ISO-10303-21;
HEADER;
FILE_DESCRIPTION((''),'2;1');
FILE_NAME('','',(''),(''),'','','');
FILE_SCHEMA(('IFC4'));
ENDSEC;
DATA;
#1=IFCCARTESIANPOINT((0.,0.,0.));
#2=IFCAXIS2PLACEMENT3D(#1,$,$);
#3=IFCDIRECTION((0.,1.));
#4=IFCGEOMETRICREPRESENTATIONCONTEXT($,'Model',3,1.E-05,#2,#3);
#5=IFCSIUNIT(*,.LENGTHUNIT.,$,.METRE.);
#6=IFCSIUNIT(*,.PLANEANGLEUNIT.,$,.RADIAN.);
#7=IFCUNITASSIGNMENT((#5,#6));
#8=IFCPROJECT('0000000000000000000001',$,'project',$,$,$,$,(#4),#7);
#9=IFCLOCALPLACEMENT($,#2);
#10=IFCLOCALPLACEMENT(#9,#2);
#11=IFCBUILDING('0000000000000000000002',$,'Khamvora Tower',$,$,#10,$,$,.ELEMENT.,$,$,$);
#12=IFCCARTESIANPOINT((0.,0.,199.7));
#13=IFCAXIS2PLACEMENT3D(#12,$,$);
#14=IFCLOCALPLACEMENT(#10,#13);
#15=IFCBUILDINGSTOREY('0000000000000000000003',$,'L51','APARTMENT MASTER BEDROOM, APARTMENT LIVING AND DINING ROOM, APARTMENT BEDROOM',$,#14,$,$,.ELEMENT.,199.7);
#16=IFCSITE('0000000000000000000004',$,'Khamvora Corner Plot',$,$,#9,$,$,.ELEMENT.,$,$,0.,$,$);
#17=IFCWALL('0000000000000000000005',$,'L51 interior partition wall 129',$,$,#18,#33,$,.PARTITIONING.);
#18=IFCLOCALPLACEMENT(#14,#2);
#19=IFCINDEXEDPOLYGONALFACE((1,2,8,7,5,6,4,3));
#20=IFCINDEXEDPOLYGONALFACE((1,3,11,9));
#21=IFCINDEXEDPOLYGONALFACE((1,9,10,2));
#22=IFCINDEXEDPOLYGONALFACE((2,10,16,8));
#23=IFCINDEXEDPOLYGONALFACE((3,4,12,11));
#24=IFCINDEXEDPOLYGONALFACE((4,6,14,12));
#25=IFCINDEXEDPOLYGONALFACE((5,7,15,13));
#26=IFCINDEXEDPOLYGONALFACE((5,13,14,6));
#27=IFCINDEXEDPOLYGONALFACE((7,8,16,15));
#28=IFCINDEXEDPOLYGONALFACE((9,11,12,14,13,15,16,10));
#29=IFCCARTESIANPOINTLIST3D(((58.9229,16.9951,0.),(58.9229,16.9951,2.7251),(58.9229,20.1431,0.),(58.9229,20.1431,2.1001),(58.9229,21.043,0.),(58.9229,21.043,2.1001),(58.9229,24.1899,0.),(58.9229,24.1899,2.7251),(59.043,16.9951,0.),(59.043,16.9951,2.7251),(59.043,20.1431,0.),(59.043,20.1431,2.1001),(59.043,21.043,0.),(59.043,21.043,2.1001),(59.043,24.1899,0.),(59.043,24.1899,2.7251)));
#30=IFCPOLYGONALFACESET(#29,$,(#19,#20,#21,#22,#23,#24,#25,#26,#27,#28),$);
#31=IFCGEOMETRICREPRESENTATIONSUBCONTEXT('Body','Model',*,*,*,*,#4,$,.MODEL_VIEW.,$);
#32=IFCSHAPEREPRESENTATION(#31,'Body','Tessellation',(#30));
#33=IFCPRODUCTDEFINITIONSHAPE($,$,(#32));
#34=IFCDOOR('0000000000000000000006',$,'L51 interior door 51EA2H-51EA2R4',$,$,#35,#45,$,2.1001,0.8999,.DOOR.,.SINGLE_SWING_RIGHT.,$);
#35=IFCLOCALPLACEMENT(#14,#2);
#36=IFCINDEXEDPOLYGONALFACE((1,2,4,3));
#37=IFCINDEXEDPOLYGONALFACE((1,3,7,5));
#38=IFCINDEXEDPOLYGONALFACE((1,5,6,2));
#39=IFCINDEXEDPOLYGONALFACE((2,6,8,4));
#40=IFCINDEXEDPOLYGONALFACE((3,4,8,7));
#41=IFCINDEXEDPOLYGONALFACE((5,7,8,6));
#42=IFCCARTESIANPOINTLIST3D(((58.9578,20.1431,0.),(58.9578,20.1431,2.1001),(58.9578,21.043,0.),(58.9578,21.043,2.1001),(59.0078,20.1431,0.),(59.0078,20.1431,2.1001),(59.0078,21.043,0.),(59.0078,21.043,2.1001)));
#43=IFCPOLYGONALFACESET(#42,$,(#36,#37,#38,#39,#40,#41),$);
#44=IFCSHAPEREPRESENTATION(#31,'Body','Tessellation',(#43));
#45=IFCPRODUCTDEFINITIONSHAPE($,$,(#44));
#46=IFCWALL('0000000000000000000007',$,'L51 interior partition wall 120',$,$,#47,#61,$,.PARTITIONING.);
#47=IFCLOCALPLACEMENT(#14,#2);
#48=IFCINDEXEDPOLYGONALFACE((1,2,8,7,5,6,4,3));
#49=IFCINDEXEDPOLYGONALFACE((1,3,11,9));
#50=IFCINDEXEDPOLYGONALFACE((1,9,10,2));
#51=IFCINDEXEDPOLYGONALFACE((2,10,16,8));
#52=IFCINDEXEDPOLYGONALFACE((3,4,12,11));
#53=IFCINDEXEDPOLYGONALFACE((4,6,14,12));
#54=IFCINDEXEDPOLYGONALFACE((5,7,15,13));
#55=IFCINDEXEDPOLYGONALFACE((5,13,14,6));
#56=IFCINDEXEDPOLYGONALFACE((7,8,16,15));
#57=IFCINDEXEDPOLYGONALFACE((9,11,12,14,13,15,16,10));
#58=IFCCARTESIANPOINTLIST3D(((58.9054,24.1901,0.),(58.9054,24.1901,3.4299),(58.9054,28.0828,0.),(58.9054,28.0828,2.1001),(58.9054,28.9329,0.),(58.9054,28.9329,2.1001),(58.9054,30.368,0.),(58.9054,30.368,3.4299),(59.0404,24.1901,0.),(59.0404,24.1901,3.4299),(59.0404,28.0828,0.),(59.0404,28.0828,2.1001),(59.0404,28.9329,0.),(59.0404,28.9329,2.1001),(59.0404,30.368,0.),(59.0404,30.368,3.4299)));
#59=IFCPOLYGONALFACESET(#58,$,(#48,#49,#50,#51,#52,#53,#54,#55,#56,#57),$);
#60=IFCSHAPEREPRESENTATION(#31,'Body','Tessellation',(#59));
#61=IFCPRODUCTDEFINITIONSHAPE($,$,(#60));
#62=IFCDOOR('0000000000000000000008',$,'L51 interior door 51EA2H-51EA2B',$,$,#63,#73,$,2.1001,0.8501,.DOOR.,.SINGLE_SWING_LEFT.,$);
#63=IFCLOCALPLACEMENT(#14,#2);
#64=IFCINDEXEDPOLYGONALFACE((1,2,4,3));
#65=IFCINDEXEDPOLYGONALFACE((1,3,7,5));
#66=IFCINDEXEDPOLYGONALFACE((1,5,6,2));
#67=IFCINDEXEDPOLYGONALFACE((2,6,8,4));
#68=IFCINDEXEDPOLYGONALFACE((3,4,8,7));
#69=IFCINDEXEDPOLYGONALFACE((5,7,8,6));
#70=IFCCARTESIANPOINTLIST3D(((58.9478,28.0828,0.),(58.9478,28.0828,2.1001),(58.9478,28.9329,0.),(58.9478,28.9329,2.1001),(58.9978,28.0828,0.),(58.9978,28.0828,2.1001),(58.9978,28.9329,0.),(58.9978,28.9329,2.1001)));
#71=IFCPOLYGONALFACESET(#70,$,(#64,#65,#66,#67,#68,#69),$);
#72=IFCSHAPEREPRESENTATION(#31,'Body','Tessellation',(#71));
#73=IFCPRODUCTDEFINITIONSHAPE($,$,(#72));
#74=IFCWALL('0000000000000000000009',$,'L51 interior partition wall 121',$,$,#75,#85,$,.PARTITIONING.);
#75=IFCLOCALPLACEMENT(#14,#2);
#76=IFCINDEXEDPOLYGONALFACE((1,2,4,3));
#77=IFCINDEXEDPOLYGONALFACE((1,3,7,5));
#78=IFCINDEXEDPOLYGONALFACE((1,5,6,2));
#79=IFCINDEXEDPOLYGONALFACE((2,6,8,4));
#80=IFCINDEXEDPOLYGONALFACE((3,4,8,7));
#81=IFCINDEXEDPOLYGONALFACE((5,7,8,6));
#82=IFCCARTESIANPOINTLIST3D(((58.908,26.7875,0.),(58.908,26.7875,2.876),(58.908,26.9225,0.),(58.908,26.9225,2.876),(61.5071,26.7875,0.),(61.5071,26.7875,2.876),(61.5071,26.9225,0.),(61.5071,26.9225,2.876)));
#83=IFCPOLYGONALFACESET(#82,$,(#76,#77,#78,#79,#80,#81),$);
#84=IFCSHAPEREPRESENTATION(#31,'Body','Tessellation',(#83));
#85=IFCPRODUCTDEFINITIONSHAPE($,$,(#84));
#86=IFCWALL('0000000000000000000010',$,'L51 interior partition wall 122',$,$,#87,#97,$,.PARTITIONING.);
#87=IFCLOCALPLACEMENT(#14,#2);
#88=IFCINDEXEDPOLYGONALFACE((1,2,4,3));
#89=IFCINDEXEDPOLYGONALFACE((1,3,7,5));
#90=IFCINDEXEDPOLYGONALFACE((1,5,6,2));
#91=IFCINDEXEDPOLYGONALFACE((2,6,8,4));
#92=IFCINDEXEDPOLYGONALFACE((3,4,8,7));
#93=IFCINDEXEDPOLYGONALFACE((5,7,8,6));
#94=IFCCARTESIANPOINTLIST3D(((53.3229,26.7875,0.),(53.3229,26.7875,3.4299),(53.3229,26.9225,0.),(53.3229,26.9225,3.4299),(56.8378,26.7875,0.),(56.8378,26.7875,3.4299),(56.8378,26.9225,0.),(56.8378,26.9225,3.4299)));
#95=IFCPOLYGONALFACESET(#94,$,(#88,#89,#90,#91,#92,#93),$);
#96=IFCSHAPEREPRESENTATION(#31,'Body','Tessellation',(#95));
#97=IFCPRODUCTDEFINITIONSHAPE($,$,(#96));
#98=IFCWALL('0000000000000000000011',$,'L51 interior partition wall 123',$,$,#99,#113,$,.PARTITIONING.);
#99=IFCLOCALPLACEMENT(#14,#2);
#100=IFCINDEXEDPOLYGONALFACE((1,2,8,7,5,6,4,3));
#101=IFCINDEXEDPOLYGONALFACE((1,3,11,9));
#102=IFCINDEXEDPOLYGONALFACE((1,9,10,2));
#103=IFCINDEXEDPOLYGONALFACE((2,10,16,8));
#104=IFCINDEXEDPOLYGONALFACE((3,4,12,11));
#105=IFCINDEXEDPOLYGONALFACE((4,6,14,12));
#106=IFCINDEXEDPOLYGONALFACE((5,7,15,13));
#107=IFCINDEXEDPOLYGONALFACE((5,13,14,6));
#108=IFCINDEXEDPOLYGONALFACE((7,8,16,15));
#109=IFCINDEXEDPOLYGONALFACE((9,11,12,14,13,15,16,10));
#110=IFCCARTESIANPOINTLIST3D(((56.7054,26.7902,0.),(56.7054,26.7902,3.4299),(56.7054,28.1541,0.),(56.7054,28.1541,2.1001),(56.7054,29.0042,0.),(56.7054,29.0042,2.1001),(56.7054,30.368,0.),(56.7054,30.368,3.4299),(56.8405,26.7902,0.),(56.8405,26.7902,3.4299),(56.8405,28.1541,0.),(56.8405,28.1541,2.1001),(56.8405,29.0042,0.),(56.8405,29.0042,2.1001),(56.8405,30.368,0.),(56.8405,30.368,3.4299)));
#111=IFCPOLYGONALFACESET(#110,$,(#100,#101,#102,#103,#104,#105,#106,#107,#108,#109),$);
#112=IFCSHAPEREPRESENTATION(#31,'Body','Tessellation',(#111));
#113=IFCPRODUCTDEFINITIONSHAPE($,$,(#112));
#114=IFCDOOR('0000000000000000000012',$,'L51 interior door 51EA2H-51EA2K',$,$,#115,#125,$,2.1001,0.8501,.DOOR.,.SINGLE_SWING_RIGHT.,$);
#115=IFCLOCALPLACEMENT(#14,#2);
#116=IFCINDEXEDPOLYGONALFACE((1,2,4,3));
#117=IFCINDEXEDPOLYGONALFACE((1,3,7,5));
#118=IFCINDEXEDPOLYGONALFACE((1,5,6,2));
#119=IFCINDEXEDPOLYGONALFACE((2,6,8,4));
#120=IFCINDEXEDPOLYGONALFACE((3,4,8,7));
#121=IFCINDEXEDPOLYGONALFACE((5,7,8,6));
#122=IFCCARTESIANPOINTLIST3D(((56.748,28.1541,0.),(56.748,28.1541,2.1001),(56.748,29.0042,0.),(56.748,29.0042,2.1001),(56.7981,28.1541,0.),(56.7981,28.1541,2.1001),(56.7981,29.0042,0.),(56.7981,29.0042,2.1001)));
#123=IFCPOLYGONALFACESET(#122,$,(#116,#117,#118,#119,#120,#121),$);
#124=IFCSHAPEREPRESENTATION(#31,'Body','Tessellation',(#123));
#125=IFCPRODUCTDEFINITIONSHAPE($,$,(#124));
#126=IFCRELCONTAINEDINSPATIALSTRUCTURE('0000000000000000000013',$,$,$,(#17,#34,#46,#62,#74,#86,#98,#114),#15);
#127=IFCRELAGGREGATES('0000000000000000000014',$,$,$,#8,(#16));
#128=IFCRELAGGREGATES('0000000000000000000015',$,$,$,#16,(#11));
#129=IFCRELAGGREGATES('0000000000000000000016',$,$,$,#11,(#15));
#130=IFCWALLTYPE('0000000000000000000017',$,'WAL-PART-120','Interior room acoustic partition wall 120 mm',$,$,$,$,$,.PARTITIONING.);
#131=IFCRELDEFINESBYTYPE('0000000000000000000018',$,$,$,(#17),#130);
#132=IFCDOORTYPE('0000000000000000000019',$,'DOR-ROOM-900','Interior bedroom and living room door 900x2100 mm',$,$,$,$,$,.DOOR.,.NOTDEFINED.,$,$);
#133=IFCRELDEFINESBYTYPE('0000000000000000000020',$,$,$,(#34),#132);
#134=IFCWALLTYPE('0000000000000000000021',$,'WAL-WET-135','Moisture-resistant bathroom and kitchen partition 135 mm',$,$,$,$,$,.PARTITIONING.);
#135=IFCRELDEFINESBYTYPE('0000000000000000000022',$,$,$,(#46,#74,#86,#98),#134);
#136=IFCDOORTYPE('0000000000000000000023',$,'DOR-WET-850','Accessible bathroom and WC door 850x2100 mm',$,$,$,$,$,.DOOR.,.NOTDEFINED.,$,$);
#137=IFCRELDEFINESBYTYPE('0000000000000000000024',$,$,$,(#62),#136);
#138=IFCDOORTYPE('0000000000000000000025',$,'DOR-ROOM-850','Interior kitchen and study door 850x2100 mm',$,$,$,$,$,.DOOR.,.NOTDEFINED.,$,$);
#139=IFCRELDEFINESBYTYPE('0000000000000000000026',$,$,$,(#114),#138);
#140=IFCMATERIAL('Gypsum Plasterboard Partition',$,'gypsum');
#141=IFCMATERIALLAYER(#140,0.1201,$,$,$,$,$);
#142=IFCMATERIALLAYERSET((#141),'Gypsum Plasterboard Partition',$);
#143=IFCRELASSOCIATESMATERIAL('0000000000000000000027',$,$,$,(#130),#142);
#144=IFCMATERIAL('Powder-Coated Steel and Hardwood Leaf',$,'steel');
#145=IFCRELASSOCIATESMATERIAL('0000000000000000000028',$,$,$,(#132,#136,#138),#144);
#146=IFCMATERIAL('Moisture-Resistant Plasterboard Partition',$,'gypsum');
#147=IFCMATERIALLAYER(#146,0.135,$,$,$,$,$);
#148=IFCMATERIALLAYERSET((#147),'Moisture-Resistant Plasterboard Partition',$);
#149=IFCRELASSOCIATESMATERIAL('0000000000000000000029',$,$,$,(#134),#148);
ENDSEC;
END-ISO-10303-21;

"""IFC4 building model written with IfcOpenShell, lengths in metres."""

from ifc_helpers import new_model, si_unit, direction, frame, frame_2d, origin, place, context, subcontext, project, spatial, rectangle, extrude, material, layer, layer_set, type_object, element, fill, save


model = new_model("IFC4")

# Units and contexts
model_context = context("Model", 3, precision=1e-05, world=origin(), true_north=direction((0.0, 1.0)))
body_context = subcontext(model_context, "Body", "Model", "MODEL_VIEW")
ifc_project = project(units=[si_unit("LENGTHUNIT", "METRE"), si_unit("PLANEANGLEUNIT", "RADIAN")], contexts=[model_context])

# Site, building, storey
site_placement = place(None, origin())
site = spatial("IfcSite", under=ifc_project, at=site_placement, Name="Khamvora Corner Plot", CompositionType="ELEMENT", RefElevation=0.0)
building_placement = place(site_placement, origin())
building = spatial("IfcBuilding", under=site, at=building_placement, Name="Khamvora Tower", CompositionType="ELEMENT")
storey_placement = place(building_placement, frame((0.0, 0.0, 199.7)))
storey = spatial("IfcBuildingStorey", under=building, at=storey_placement, Name="L51", Description="APARTMENT MASTER BEDROOM, APARTMENT LIVING AND DINING ROOM, APARTMENT BEDROOM", CompositionType="ELEMENT", Elevation=199.7)

# Shared definitions
ifc_material_1 = material(Name="Gypsum Plasterboard Partition", Category="gypsum")
ifc_layer_1 = layer(ifc_material_1, 0.1201)
ifc_layer_set_1 = layer_set([ifc_layer_1], Name="Gypsum Plasterboard Partition")
wall_type_1 = type_object("IfcWallType", Name="WAL-PART-120", Description="Interior room acoustic partition wall 120 mm", PredefinedType="PARTITIONING", material=ifc_layer_set_1)
ifc_material_2 = material(Name="Powder-Coated Steel and Hardwood Leaf", Category="steel")
door_type_1 = type_object("IfcDoorType", Name="DOR-ROOM-900", Description="Interior bedroom and living room door 900x2100 mm", OperationType="NOTDEFINED", PredefinedType="DOOR", material=ifc_material_2)

# Walls, openings, doors
wall_1_placement = place(storey_placement, frame((58.9829, 24.1899, 0.0), z_axis=(0.0, 0.0, 1.0), x_axis=(0.0, -1.0, 0.0)))
wall_1 = element("IfcWall", 1, at=wall_1_placement, inside=storey, type_object=wall_type_1, Name="L51 interior partition wall 129", PredefinedType="PARTITIONING", context=body_context, shape_type="SweptSolid", body=[
    extrude(rectangle(XDim=7.1948, YDim=0.1201, at=frame_2d((3.5974, 0.0))), origin(), (0.0, 0.0, 1.0), 2.7251),
])
opening_1_placement = place(wall_1_placement, frame((3.147, 0.0, 0.0)))
opening_1 = element("IfcOpeningElement", 2, at=opening_1_placement, cuts=wall_1, PredefinedType="OPENING", context=body_context, shape_type="SweptSolid", body=[
    extrude(rectangle(XDim=0.8999, YDim=2.1001, at=frame_2d((0.45, 1.05))), frame((0.0, 0.0701, 0.0), z_axis=(0.0, -1.0, 0.0), x_axis=(1.0, 0.0, 0.0)), (0.0, 0.0, 1.0), 0.1401),
])
door_1_placement = place(opening_1_placement, origin())
door_1 = element("IfcDoor", 3, at=door_1_placement, inside=storey, type_object=door_type_1, Name="L51 interior door 51EA2H-51EA2R4", OperationType="SINGLE_SWING_RIGHT", OverallHeight=2.1001, OverallWidth=0.8999, PredefinedType="DOOR", context=body_context, shape_type="SweptSolid", body=[
    extrude(rectangle(XDim=0.8999, YDim=2.1001, at=frame_2d((0.45, 1.05))), frame((0.0, 0.0249, 0.0), z_axis=(0.0, -1.0, 0.0), x_axis=(1.0, 0.0, 0.0)), (0.0, 0.0, 1.0), 0.05),
])
fill(opening_1, door_1)
ifc_material_3 = material(Name="Moisture-Resistant Plasterboard Partition", Category="gypsum")
ifc_layer_2 = layer(ifc_material_3, 0.135)
ifc_layer_set_2 = layer_set([ifc_layer_2], Name="Moisture-Resistant Plasterboard Partition")
wall_type_2 = type_object("IfcWallType", Name="WAL-WET-135", Description="Moisture-resistant bathroom and kitchen partition 135 mm", PredefinedType="PARTITIONING", material=ifc_layer_set_2)
wall_2_placement = place(storey_placement, frame((58.9729, 30.3679, 0.0), z_axis=(0.0, 0.0, 1.0), x_axis=(0.0, -1.0, 0.0)))
wall_2 = element("IfcWall", 4, at=wall_2_placement, inside=storey, type_object=wall_type_2, Name="L51 interior partition wall 120", PredefinedType="PARTITIONING", context=body_context, shape_type="SweptSolid", body=[
    extrude(rectangle(XDim=6.178, YDim=0.135, at=frame_2d((3.0889, 0.0))), origin(), (0.0, 0.0, 1.0), 3.4299),
])
opening_2_placement = place(wall_2_placement, frame((1.4351, 0.0, 0.0)))
opening_2 = element("IfcOpeningElement", 5, at=opening_2_placement, cuts=wall_2, PredefinedType="OPENING", context=body_context, shape_type="SweptSolid", body=[
    extrude(rectangle(XDim=0.8501, YDim=2.1001, at=frame_2d((0.425, 1.05))), frame((0.0, 0.0774, 0.0), z_axis=(0.0, -1.0, 0.0), x_axis=(1.0, 0.0, 0.0)), (0.0, 0.0, 1.0), 0.155),
])
door_type_2 = type_object("IfcDoorType", Name="DOR-WET-850", Description="Accessible bathroom and WC door 850x2100 mm", OperationType="NOTDEFINED", PredefinedType="DOOR", material=ifc_material_2)
door_2_placement = place(opening_2_placement, origin())
door_2 = element("IfcDoor", 6, at=door_2_placement, inside=storey, type_object=door_type_2, Name="L51 interior door 51EA2H-51EA2B", OperationType="SINGLE_SWING_LEFT", OverallHeight=2.1001, OverallWidth=0.8501, PredefinedType="DOOR", context=body_context, shape_type="SweptSolid", body=[
    extrude(rectangle(XDim=0.8501, YDim=2.1001, at=frame_2d((0.425, 1.05))), frame((0.0, 0.0249, 0.0), z_axis=(0.0, -1.0, 0.0), x_axis=(1.0, 0.0, 0.0)), (0.0, 0.0, 1.0), 0.05),
])
fill(opening_2, door_2)

# Walls
wall_3_placement = place(storey_placement, frame((58.908, 26.855, 0.0), z_axis=(0.0, 0.0, 1.0), x_axis=(1.0, 0.0, 0.0)))
element("IfcWall", 7, at=wall_3_placement, inside=storey, type_object=wall_type_2, Name="L51 interior partition wall 121", PredefinedType="PARTITIONING", context=body_context, shape_type="SweptSolid", body=[
    extrude(rectangle(XDim=2.5991, YDim=0.135, at=frame_2d((1.2996, 0.0))), origin(), (0.0, 0.0, 1.0), 2.876),
])
wall_4_placement = place(storey_placement, frame((53.323, 26.855, 0.0), z_axis=(0.0, 0.0, 1.0), x_axis=(1.0, 0.0, 0.0)))
element("IfcWall", 8, at=wall_4_placement, inside=storey, type_object=wall_type_2, Name="L51 interior partition wall 122", PredefinedType="PARTITIONING", context=body_context, shape_type="SweptSolid", body=[
    extrude(rectangle(XDim=3.5149, YDim=0.135, at=frame_2d((1.7573, 0.0))), origin(), (0.0, 0.0, 1.0), 3.4299),
])

# Wall, opening, door
wall_5_placement = place(storey_placement, frame((56.7729, 26.79, 0.0), z_axis=(0.0, 0.0, 1.0), x_axis=(0.0, 1.0, 0.0)))
wall_5 = element("IfcWall", 9, at=wall_5_placement, inside=storey, type_object=wall_type_2, Name="L51 interior partition wall 123", PredefinedType="PARTITIONING", context=body_context, shape_type="SweptSolid", body=[
    extrude(rectangle(XDim=3.5779, YDim=0.135, at=frame_2d((1.7891, 0.0))), origin(), (0.0, 0.0, 1.0), 3.4299),
])
opening_3_placement = place(wall_5_placement, frame((1.364, 0.0, 0.0)))
opening_3 = element("IfcOpeningElement", 10, at=opening_3_placement, cuts=wall_5, PredefinedType="OPENING", context=body_context, shape_type="SweptSolid", body=[
    extrude(rectangle(XDim=0.8501, YDim=2.1001, at=frame_2d((0.425, 1.05))), frame((0.0, 0.0774, 0.0), z_axis=(0.0, -1.0, 0.0), x_axis=(1.0, 0.0, 0.0)), (0.0, 0.0, 1.0), 0.155),
])
door_type_3 = type_object("IfcDoorType", Name="DOR-ROOM-850", Description="Interior kitchen and study door 850x2100 mm", OperationType="NOTDEFINED", PredefinedType="DOOR", material=ifc_material_2)
door_3_placement = place(opening_3_placement, origin())
door_3 = element("IfcDoor", 11, at=door_3_placement, inside=storey, type_object=door_type_3, Name="L51 interior door 51EA2H-51EA2K", OperationType="SINGLE_SWING_RIGHT", OverallHeight=2.1001, OverallWidth=0.8501, PredefinedType="DOOR", context=body_context, shape_type="SweptSolid", body=[
    extrude(rectangle(XDim=0.8501, YDim=2.1001, at=frame_2d((0.425, 1.05))), frame((0.0, 0.0249, 0.0), z_axis=(0.0, -1.0, 0.0), x_axis=(1.0, 0.0, 0.0)), (0.0, 0.0, 1.0), 0.05),
])
fill(opening_3, door_3)

save(model, "model.ifc")
